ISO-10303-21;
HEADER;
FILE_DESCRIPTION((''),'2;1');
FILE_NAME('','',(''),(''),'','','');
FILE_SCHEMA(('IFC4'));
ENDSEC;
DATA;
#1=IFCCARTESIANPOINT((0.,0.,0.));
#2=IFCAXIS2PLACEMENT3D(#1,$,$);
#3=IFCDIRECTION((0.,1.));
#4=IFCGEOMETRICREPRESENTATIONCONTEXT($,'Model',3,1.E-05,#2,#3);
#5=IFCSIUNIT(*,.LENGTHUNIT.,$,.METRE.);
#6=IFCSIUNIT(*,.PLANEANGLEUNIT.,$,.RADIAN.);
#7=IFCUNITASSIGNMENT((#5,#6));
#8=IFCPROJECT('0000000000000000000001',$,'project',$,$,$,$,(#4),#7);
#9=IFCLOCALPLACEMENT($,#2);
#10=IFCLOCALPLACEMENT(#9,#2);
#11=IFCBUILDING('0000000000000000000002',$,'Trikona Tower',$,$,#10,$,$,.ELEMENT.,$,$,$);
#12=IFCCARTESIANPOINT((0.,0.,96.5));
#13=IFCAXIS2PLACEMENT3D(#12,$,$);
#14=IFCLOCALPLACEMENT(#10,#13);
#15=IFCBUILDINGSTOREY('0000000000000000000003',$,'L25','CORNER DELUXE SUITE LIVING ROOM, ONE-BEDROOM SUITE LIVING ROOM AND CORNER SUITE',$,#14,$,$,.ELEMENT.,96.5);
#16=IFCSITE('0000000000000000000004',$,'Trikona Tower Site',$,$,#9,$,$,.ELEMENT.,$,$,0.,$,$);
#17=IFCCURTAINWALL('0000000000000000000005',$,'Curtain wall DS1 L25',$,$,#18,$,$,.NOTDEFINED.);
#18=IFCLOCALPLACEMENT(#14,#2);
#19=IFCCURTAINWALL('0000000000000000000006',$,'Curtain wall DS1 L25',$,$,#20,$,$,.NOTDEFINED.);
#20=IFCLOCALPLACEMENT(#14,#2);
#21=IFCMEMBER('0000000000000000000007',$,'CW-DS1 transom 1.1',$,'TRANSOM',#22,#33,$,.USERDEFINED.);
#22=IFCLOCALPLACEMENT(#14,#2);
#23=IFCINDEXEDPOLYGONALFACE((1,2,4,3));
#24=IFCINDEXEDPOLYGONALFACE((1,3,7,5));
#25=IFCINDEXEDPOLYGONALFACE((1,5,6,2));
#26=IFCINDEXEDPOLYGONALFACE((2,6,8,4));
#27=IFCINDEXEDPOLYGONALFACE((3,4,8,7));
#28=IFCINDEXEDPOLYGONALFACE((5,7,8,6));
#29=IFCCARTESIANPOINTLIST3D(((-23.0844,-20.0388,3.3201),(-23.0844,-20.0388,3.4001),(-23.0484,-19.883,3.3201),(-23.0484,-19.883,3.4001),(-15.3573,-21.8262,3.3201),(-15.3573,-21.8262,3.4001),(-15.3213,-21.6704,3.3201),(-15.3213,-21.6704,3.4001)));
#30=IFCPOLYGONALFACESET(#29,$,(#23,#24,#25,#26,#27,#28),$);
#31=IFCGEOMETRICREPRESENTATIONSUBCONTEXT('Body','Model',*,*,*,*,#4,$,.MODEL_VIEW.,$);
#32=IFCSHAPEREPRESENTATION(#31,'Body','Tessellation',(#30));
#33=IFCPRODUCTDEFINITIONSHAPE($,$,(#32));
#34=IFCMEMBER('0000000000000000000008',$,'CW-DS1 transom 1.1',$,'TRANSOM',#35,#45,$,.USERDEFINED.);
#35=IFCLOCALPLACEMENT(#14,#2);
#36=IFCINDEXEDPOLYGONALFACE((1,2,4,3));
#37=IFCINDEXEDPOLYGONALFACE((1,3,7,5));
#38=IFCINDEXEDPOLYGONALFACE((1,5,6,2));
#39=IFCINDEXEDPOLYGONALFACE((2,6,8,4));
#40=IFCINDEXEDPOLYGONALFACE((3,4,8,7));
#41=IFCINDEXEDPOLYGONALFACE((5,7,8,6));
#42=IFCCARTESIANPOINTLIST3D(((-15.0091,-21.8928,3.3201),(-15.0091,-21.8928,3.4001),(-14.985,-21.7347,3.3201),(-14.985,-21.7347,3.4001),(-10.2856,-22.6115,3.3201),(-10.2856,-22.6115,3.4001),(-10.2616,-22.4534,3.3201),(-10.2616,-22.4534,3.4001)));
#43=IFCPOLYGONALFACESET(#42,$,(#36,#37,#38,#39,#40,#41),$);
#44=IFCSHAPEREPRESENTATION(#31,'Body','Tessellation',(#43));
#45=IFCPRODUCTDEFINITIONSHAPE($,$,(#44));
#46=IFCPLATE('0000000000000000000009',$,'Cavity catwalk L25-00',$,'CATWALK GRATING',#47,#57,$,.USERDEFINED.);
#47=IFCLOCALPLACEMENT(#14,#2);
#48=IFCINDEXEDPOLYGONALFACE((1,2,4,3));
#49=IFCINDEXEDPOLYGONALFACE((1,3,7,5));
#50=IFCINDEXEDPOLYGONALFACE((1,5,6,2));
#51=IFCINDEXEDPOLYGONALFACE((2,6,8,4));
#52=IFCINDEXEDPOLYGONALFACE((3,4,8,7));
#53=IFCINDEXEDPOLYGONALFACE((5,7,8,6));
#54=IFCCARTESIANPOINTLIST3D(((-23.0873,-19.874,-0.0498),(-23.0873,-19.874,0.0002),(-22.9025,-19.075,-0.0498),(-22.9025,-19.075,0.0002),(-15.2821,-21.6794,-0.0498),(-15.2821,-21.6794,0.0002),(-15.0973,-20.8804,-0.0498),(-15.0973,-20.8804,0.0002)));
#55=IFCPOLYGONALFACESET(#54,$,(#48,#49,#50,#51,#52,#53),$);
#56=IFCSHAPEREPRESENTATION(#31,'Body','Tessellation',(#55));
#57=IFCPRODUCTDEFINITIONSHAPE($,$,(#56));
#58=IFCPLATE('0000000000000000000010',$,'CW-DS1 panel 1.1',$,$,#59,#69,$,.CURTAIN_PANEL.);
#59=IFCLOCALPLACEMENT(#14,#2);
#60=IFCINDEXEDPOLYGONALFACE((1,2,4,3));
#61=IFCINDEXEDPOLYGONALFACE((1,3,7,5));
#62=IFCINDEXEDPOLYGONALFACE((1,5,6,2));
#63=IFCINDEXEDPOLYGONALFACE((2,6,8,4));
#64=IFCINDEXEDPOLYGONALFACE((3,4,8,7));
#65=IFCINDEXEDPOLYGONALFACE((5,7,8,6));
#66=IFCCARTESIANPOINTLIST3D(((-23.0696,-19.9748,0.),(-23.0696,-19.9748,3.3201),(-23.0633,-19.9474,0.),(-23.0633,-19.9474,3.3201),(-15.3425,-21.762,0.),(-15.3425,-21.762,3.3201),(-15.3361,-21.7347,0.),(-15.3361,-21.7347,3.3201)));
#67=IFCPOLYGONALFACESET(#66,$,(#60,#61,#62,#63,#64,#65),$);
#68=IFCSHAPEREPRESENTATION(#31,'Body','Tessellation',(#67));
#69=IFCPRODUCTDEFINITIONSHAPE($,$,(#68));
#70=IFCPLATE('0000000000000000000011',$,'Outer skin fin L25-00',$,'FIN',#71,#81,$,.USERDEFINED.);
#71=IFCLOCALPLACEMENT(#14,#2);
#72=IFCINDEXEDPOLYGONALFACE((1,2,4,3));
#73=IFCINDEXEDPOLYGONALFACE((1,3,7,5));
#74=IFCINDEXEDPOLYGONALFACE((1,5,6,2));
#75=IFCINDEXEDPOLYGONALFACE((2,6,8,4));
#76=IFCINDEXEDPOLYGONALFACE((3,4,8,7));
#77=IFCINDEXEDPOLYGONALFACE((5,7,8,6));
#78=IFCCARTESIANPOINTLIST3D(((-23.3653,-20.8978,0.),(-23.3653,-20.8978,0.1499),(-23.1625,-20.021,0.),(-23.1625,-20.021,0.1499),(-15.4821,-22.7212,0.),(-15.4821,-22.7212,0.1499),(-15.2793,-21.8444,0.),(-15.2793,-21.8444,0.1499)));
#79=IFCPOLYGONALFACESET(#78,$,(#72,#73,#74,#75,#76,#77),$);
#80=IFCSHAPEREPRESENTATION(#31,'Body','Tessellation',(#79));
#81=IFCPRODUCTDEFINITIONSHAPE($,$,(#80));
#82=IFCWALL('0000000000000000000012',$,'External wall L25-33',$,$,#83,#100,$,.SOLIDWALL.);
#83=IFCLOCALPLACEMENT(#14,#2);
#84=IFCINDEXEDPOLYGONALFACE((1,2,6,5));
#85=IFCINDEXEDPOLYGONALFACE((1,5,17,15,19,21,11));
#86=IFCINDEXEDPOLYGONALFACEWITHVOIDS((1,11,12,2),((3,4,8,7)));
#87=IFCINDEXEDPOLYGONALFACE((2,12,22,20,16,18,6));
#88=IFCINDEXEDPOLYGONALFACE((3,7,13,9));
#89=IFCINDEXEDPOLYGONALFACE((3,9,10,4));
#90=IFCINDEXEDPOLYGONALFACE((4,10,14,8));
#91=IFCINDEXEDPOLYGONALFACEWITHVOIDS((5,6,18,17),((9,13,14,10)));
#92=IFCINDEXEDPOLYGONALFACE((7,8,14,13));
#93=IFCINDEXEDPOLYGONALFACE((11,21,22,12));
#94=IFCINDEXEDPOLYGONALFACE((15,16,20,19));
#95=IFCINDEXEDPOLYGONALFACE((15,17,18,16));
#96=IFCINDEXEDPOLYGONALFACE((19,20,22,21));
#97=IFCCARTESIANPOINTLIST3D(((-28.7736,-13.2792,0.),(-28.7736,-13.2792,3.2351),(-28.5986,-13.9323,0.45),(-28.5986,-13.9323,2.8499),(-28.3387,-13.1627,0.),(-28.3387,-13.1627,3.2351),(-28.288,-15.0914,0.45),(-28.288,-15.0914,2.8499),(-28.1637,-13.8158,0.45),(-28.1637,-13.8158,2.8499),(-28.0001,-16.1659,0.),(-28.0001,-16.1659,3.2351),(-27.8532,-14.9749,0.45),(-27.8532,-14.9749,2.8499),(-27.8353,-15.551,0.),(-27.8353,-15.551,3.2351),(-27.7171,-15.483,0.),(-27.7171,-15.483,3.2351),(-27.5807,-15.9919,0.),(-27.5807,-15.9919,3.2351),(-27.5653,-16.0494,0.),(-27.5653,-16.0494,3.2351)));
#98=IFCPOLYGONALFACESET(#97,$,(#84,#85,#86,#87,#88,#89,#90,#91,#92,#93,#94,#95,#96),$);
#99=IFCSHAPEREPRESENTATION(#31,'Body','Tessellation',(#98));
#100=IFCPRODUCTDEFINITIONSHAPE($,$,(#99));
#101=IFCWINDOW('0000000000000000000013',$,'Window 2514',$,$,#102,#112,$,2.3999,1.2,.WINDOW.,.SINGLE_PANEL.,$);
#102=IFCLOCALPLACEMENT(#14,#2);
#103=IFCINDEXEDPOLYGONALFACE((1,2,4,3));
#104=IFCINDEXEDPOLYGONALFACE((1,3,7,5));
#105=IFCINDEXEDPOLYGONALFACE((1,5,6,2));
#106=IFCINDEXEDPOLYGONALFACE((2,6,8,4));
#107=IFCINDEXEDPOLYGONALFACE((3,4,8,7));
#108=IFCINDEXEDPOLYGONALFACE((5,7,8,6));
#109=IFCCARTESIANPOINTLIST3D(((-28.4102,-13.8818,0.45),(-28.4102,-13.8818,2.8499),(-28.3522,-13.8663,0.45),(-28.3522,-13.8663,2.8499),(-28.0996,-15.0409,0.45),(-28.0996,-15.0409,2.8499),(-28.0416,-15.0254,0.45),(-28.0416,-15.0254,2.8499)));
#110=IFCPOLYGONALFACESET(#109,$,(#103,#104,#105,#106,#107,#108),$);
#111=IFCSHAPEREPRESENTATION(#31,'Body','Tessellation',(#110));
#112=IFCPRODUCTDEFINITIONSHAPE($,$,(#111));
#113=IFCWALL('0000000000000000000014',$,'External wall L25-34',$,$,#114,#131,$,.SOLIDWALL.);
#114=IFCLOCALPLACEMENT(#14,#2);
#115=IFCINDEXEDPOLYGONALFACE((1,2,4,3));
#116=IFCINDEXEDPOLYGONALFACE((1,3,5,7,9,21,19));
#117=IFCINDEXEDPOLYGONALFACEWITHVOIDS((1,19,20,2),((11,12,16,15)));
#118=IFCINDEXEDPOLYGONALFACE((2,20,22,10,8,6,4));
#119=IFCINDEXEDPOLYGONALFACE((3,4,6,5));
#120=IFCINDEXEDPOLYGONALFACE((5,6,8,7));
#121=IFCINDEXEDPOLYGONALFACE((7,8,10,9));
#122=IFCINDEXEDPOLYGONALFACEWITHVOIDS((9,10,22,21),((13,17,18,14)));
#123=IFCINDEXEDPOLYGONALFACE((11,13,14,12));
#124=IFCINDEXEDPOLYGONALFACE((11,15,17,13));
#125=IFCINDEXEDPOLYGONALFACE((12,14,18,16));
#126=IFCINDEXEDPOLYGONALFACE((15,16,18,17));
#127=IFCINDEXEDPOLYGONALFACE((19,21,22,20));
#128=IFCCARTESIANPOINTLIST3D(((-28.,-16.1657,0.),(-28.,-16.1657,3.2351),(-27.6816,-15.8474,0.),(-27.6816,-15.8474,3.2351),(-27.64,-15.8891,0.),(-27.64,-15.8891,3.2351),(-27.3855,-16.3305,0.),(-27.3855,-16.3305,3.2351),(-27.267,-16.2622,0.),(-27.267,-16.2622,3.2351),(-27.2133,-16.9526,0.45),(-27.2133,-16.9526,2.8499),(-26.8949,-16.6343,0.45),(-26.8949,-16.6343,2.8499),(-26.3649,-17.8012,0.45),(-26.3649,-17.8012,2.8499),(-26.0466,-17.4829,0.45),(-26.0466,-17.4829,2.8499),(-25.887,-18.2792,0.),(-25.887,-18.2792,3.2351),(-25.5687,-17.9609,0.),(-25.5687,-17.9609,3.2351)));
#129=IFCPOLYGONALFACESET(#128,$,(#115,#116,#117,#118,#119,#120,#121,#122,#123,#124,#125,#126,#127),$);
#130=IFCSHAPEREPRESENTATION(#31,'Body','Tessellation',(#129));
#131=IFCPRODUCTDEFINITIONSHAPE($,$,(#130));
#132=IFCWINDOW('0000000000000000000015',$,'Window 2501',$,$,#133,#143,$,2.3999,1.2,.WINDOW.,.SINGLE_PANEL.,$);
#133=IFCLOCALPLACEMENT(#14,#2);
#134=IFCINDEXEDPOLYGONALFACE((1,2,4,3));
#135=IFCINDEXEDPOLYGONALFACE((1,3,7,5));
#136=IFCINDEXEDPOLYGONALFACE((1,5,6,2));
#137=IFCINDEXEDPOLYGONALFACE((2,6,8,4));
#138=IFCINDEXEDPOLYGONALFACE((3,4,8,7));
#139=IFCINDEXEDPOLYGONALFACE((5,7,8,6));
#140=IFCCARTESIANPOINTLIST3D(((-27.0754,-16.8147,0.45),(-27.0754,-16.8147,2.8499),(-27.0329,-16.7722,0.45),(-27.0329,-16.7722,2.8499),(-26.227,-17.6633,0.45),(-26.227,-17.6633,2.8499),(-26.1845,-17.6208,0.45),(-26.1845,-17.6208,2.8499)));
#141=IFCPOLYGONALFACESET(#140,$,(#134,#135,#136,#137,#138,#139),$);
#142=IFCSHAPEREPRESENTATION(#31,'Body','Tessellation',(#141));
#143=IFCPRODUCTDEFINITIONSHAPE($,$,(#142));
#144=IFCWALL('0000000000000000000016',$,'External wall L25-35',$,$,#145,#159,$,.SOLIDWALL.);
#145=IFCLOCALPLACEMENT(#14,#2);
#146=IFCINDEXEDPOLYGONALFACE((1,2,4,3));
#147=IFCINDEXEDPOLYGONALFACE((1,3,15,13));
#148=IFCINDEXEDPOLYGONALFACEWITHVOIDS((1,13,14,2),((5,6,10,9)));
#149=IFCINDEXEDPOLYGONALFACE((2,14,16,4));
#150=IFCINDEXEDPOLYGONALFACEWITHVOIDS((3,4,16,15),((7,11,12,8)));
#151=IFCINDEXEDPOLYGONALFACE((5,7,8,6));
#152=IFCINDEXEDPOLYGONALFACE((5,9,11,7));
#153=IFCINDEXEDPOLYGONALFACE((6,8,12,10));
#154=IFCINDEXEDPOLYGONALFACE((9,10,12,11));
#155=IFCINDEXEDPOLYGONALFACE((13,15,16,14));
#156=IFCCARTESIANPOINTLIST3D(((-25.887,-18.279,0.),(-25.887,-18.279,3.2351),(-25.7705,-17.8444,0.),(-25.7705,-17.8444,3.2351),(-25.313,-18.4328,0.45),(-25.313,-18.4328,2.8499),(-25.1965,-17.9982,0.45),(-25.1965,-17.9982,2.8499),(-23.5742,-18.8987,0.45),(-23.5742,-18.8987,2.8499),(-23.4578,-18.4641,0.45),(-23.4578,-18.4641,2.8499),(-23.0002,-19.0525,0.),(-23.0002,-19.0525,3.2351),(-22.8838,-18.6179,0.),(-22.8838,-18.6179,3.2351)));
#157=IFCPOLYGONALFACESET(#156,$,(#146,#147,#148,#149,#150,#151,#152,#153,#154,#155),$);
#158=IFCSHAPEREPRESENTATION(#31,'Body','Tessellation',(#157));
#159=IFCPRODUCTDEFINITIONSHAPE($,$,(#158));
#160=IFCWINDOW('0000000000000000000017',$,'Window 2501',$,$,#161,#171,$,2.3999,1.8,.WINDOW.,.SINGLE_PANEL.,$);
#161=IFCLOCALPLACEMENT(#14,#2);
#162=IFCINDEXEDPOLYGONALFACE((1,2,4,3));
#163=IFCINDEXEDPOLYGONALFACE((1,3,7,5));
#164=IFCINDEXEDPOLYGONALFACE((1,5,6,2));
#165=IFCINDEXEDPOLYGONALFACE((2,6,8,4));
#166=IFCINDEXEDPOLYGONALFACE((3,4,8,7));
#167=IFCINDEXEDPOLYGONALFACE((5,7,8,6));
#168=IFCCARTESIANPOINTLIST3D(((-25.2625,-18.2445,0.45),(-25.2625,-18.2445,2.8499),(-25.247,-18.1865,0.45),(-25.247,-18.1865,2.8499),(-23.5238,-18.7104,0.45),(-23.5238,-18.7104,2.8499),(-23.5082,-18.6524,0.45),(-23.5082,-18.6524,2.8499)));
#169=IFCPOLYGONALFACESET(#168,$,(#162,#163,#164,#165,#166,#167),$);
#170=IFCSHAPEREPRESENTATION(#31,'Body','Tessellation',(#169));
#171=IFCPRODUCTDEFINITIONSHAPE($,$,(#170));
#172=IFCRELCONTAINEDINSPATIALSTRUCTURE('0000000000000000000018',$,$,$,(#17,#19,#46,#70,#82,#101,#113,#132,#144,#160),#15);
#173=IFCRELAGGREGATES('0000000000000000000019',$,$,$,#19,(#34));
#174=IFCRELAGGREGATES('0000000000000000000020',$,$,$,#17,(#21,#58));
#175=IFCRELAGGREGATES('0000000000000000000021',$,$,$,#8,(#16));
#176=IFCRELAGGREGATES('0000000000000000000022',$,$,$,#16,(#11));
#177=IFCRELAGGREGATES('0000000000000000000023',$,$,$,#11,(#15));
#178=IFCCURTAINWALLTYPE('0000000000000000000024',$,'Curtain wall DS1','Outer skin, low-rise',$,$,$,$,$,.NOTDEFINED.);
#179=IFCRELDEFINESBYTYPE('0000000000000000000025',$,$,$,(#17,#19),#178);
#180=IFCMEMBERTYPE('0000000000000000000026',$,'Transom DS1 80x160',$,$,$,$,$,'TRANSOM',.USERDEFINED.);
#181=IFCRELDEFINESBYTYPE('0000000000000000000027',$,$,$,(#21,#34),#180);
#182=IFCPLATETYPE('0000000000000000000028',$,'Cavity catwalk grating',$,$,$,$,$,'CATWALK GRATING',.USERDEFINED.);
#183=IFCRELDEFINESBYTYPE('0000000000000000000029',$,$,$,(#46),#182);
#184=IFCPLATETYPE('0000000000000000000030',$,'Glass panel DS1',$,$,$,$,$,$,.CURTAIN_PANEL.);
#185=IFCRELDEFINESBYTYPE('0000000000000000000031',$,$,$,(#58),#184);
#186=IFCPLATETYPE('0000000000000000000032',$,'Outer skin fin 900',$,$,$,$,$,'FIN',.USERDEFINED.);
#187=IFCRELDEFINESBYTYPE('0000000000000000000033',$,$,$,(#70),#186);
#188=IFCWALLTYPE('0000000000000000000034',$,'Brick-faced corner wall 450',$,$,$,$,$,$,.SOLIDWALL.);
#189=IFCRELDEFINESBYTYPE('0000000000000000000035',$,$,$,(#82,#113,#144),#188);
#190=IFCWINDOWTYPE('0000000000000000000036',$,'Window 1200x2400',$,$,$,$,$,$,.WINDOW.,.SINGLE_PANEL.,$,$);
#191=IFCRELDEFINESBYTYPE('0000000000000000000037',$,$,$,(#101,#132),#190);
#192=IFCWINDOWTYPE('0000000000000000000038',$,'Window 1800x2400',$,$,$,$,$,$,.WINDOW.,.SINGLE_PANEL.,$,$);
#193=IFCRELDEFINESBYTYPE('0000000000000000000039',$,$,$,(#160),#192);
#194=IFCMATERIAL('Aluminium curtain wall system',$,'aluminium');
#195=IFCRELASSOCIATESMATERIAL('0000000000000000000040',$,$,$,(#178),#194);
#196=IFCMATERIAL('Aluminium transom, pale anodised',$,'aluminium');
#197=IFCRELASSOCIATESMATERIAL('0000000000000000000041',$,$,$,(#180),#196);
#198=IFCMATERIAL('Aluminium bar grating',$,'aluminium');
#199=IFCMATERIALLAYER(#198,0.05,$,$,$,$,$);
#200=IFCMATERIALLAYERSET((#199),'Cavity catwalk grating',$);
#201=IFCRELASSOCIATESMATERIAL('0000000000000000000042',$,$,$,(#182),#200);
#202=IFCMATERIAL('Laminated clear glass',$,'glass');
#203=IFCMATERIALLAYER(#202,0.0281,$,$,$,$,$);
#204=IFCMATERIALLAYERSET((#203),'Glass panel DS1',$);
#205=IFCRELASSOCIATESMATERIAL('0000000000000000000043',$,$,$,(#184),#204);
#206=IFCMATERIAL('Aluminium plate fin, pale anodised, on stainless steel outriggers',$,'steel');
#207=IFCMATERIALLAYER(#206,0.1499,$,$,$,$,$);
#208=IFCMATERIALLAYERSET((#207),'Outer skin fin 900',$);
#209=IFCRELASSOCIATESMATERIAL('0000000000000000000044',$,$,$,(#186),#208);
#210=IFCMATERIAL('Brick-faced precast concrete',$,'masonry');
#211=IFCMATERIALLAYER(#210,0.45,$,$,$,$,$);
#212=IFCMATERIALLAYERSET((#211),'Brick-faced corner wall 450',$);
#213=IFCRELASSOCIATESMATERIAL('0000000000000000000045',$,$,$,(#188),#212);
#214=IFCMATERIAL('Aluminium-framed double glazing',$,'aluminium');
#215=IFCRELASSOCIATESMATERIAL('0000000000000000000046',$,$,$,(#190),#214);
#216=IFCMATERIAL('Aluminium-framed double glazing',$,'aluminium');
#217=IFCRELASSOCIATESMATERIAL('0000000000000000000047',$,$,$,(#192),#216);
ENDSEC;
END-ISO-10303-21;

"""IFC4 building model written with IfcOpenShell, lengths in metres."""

from ifc_helpers import new_model, si_unit, direction, frame, frame_2d, origin, origin_2d, place, context, subcontext, project, spatial, polyline, rectangle, outline, extrude, material, layer, layer_set, material_profile, profile_set, type_object, element, fill, aggregate, save


model = new_model("IFC4")

# Units and contexts
model_context = context("Model", 3, precision=1e-05, world=origin(), true_north=direction((0.0, 1.0)))
body_context = subcontext(model_context, "Body", "Model", "MODEL_VIEW")
ifc_project = project(units=[si_unit("LENGTHUNIT", "METRE"), si_unit("PLANEANGLEUNIT", "RADIAN")], contexts=[model_context])

# Site, building, storey
site_placement = place(None, origin())
site = spatial("IfcSite", under=ifc_project, at=site_placement, Name="Trikona Tower Site", CompositionType="ELEMENT", RefElevation=0.0)
building_placement = place(site_placement, origin())
building = spatial("IfcBuilding", under=site, at=building_placement, Name="Trikona Tower", CompositionType="ELEMENT")
storey_placement = place(building_placement, frame((0.0, 0.0, 96.5)))
storey = spatial("IfcBuildingStorey", under=building, at=storey_placement, Name="L25", Description="CORNER DELUXE SUITE LIVING ROOM, ONE-BEDROOM SUITE LIVING ROOM AND CORNER SUITE", CompositionType="ELEMENT", Elevation=96.5)

# Curtain wall
ifc_material_1 = material(Name="Aluminium curtain wall system", Category="aluminium")
curtain_wall_type = type_object("IfcCurtainWallType", Name="Curtain wall DS1", Description="Outer skin, low-rise", PredefinedType="NOTDEFINED", material=ifc_material_1)
curtain_wall_1_placement = place(storey_placement, origin())
curtain_wall_1 = element("IfcCurtainWall", 1, at=curtain_wall_1_placement, inside=storey, type_object=curtain_wall_type, Name="Curtain wall DS1 L25", PredefinedType="NOTDEFINED")

# Curtain wall
curtain_wall_2_placement = place(storey_placement, origin())
curtain_wall_2 = element("IfcCurtainWall", 2, at=curtain_wall_2_placement, inside=storey, type_object=curtain_wall_type, Name="Curtain wall DS1 L25", PredefinedType="NOTDEFINED")

# Members
ifc_material_2 = material(Name="Aluminium transom, pale anodised", Category="aluminium")
ifc_material_profile_1 = material_profile(ifc_material_2, rectangle(XDim=0.1599, YDim=0.0801, at=origin_2d()), Name="TRN-DS1")
ifc_profile_set_1 = profile_set([ifc_material_profile_1], Name="Aluminium transom, pale anodised")
member_type_1 = type_object("IfcMemberType", Name="Transom DS1 80x160", ElementType="TRANSOM", PredefinedType="USERDEFINED", material=ifc_profile_set_1)
member_1_placement = place(storey_placement, frame((-23.0664, -19.9609, 3.3601), z_axis=(0.974275, -0.225361, 0.0), x_axis=(0.225361, 0.974275, 0.0)))
member_1 = element("IfcMember", 3, at=member_1_placement, type_object=member_type_1, Name="CW-DS1 transom 1.1", ObjectType="TRANSOM", PredefinedType="USERDEFINED", context=body_context, shape_type="SweptSolid", body=[
    extrude(rectangle(XDim=0.1599, YDim=0.0801, at=origin_2d()), origin(), (0.0, 0.0, 1.0), 7.9312),
])
member_2_placement = place(storey_placement, frame((-14.9971, -21.8137, 3.3601), z_axis=(0.98862, -0.150437, 0.0), x_axis=(0.150437, 0.98862, 0.0)))
member_2 = element("IfcMember", 4, at=member_2_placement, type_object=member_type_1, Name="CW-DS1 transom 1.1", ObjectType="TRANSOM", PredefinedType="USERDEFINED", context=body_context, shape_type="SweptSolid", body=[
    extrude(rectangle(XDim=0.1599, YDim=0.0801, at=origin_2d()), origin(), (0.0, 0.0, 1.0), 4.7778),
])
aggregate(curtain_wall_2, [member_2])

# Plates
ifc_material_3 = material(Name="Aluminium bar grating", Category="aluminium")
ifc_layer_1 = layer(ifc_material_3, 0.05)
ifc_layer_set_1 = layer_set([ifc_layer_1], Name="Cavity catwalk grating")
plate_type_1 = type_object("IfcPlateType", Name="Cavity catwalk grating", ElementType="CATWALK GRATING", PredefinedType="USERDEFINED", material=ifc_layer_set_1)
plate_1_placement = place(storey_placement, frame((-19.0923, -20.3772, -0.0498), z_axis=(0.0, 0.0, 1.0), x_axis=(0.974278, -0.225351, 0.0)))
element("IfcPlate", 5, at=plate_1_placement, inside=storey, type_object=plate_type_1, Name="Cavity catwalk L25-00", ObjectType="CATWALK GRATING", PredefinedType="USERDEFINED", context=body_context, shape_type="SweptSolid", body=[
    extrude(rectangle(XDim=8.0112, YDim=0.8201, at=origin_2d()), origin(), (0.0, 0.0, 1.0), 0.05),
])
ifc_material_4 = material(Name="Laminated clear glass", Category="glass")
ifc_layer_2 = layer(ifc_material_4, 0.0281)
ifc_layer_set_2 = layer_set([ifc_layer_2], Name="Glass panel DS1")
plate_type_2 = type_object("IfcPlateType", Name="Glass panel DS1", PredefinedType="CURTAIN_PANEL", material=ifc_layer_set_2)
plate_2_placement = place(storey_placement, frame((-19.2029, -20.8547, 0.0), z_axis=(0.0, 0.0, 1.0), x_axis=(0.974279, -0.225343, 0.0)))
plate_2 = element("IfcPlate", 6, at=plate_2_placement, type_object=plate_type_2, Name="CW-DS1 panel 1.1", PredefinedType="CURTAIN_PANEL", context=body_context, shape_type="SweptSolid", body=[
    extrude(rectangle(XDim=7.9312, YDim=0.0281, at=origin_2d()), origin(), (0.0, 0.0, 1.0), 3.3201),
])
aggregate(curtain_wall_1, [member_1, plate_2])
ifc_material_5 = material(Name="Aluminium plate fin, pale anodised, on stainless steel outriggers", Category="steel")
ifc_layer_3 = layer(ifc_material_5, 0.1499)
ifc_layer_set_3 = layer_set([ifc_layer_3], Name="Outer skin fin 900")
plate_type_3 = type_object("IfcPlateType", Name="Outer skin fin 900", ElementType="FIN", PredefinedType="USERDEFINED", material=ifc_layer_set_3)
plate_3_placement = place(storey_placement, frame((-19.3223, -21.3711, 0.0), z_axis=(0.0, 0.0, 1.0), x_axis=(0.974278, -0.225351, 0.0)))
element("IfcPlate", 7, at=plate_3_placement, inside=storey, type_object=plate_type_3, Name="Outer skin fin L25-00", ObjectType="FIN", PredefinedType="USERDEFINED", context=body_context, shape_type="SweptSolid", body=[
    extrude(rectangle(XDim=8.0913, YDim=0.8999, at=origin_2d()), origin(), (0.0, 0.0, 1.0), 0.1499),
])

# Walls, openings, windows
ifc_material_6 = material(Name="Brick-faced precast concrete", Category="masonry")
ifc_layer_4 = layer(ifc_material_6, 0.45)
ifc_layer_set_4 = layer_set([ifc_layer_4], Name="Brick-faced corner wall 450")
wall_type_1 = type_object("IfcWallType", Name="Brick-faced corner wall 450", PredefinedType="SOLIDWALL", material=ifc_layer_set_4)
wall_1_placement = place(storey_placement, frame((-28.5562, -13.2209, 0.0), z_axis=(0.0, 0.0, 1.0), x_axis=(0.258801, -0.965931, 0.0)))
wall_1 = element("IfcWall", 8, at=wall_1_placement, inside=storey, type_object=wall_type_1, Name="External wall L25-33", PredefinedType="SOLIDWALL", context=body_context, shape_type="SweptSolid", body=[
    extrude(outline(polyline([(2.9885, 0.2251), (2.929, 0.2251), (2.4373, 0.0933), (2.4021, 0.2251), (0.0, 0.2251), (0.0, -0.2251), (2.9885, -0.2251), (2.9885, 0.2251)])), origin(), (0.0, 0.0, 1.0), 3.2351),
])
opening_1_placement = place(wall_1_placement, frame((0.676, 0.0, 0.45)))
opening_1 = element("IfcOpeningElement", 9, at=opening_1_placement, cuts=wall_1, PredefinedType="OPENING", context=body_context, shape_type="SweptSolid", body=[
    extrude(rectangle(XDim=1.2, YDim=2.3999, at=frame_2d((0.6001, 1.2))), frame((0.0, 0.2349, 0.0), z_axis=(0.0, -1.0, 0.0), x_axis=(1.0, 0.0, 0.0)), (0.0, 0.0, 1.0), 0.47),
])
ifc_material_7 = material(Name="Aluminium-framed double glazing", Category="aluminium")
window_type_1 = type_object("IfcWindowType", Name="Window 1200x2400", PartitioningType="SINGLE_PANEL", PredefinedType="WINDOW", material=ifc_material_7)
window_1_placement = place(opening_1_placement, origin())
window_1 = element("IfcWindow", 10, at=window_1_placement, inside=storey, type_object=window_type_1, Name="Window 2514", OverallHeight=2.3999, OverallWidth=1.2, PartitioningType="SINGLE_PANEL", PredefinedType="WINDOW", context=body_context, shape_type="SweptSolid", body=[
    extrude(rectangle(XDim=1.2, YDim=2.3999, at=frame_2d((0.6001, 1.2))), frame((0.0, 0.03, 0.0), z_axis=(0.0, -1.0, 0.0), x_axis=(1.0, 0.0, 0.0)), (0.0, 0.0, 1.0), 0.0601),
])
fill(opening_1, window_1)
wall_2_placement = place(storey_placement, frame((-27.8408, -16.0066, 0.0), z_axis=(0.0, 0.0, 1.0), x_axis=(0.707025, -0.707188, 0.0)))
wall_2 = element("IfcWall", 11, at=wall_2_placement, inside=storey, type_object=wall_type_1, Name="External wall L25-34", PredefinedType="SOLIDWALL", context=body_context, shape_type="SweptSolid", body=[
    extrude(outline(polyline([(2.9885, 0.2251), (0.5864, 0.2251), (0.551, 0.093), (0.0588, 0.2251), (0.0, 0.2251), (0.0, -0.2251), (2.9885, -0.2251), (2.9885, 0.2251)])), origin(), (0.0, 0.0, 1.0), 3.2351),
])
opening_2_placement = place(wall_2_placement, frame((1.1125, 0.0, 0.45)))
opening_2 = element("IfcOpeningElement", 12, at=opening_2_placement, cuts=wall_2, PredefinedType="OPENING", context=body_context, shape_type="SweptSolid", body=[
    extrude(rectangle(XDim=1.2, YDim=2.3999, at=frame_2d((0.6001, 1.2))), frame((0.0, 0.2349, 0.0), z_axis=(0.0, -1.0, 0.0), x_axis=(1.0, 0.0, 0.0)), (0.0, 0.0, 1.0), 0.47),
])
window_2_placement = place(opening_2_placement, origin())
window_2 = element("IfcWindow", 13, at=window_2_placement, inside=storey, type_object=window_type_1, Name="Window 2501", OverallHeight=2.3999, OverallWidth=1.2, PartitioningType="SINGLE_PANEL", PredefinedType="WINDOW", context=body_context, shape_type="SweptSolid", body=[
    extrude(rectangle(XDim=1.2, YDim=2.3999, at=frame_2d((0.6001, 1.2))), frame((0.0, 0.03, 0.0), z_axis=(0.0, -1.0, 0.0), x_axis=(1.0, 0.0, 0.0)), (0.0, 0.0, 1.0), 0.0601),
])
fill(opening_2, window_2)
wall_3_placement = place(storey_placement, frame((-25.8286, -18.0618, 0.0), z_axis=(0.0, 0.0, 1.0), x_axis=(0.965931, -0.258801, 0.0)))
wall_3 = element("IfcWall", 14, at=wall_3_placement, inside=storey, type_object=wall_type_1, Name="External wall L25-35", PredefinedType="SOLIDWALL", context=body_context, shape_type="SweptSolid", body=[
    extrude(rectangle(XDim=2.9885, YDim=0.45, at=frame_2d((1.4941, 0.0))), origin(), (0.0, 0.0, 1.0), 3.2351),
])
opening_3_placement = place(wall_3_placement, frame((0.5942, 0.0, 0.45)))
opening_3 = element("IfcOpeningElement", 15, at=opening_3_placement, cuts=wall_3, PredefinedType="OPENING", context=body_context, shape_type="SweptSolid", body=[
    extrude(rectangle(XDim=1.8, YDim=2.3999, at=frame_2d((0.8999, 1.2))), frame((0.0, 0.2349, 0.0), z_axis=(0.0, -1.0, 0.0), x_axis=(1.0, 0.0, 0.0)), (0.0, 0.0, 1.0), 0.47),
])
ifc_material_8 = material(Name="Aluminium-framed double glazing", Category="aluminium")
window_type_2 = type_object("IfcWindowType", Name="Window 1800x2400", PartitioningType="SINGLE_PANEL", PredefinedType="WINDOW", material=ifc_material_8)
window_3_placement = place(opening_3_placement, origin())
window_3 = element("IfcWindow", 16, at=window_3_placement, inside=storey, type_object=window_type_2, Name="Window 2501", OverallHeight=2.3999, OverallWidth=1.8, PartitioningType="SINGLE_PANEL", PredefinedType="WINDOW", context=body_context, shape_type="SweptSolid", body=[
    extrude(rectangle(XDim=1.8, YDim=2.3999, at=frame_2d((0.8999, 1.2))), frame((0.0, 0.03, 0.0), z_axis=(0.0, -1.0, 0.0), x_axis=(1.0, 0.0, 0.0)), (0.0, 0.0, 1.0), 0.0601),
])
fill(opening_3, window_3)

save(model, "model.ifc")
